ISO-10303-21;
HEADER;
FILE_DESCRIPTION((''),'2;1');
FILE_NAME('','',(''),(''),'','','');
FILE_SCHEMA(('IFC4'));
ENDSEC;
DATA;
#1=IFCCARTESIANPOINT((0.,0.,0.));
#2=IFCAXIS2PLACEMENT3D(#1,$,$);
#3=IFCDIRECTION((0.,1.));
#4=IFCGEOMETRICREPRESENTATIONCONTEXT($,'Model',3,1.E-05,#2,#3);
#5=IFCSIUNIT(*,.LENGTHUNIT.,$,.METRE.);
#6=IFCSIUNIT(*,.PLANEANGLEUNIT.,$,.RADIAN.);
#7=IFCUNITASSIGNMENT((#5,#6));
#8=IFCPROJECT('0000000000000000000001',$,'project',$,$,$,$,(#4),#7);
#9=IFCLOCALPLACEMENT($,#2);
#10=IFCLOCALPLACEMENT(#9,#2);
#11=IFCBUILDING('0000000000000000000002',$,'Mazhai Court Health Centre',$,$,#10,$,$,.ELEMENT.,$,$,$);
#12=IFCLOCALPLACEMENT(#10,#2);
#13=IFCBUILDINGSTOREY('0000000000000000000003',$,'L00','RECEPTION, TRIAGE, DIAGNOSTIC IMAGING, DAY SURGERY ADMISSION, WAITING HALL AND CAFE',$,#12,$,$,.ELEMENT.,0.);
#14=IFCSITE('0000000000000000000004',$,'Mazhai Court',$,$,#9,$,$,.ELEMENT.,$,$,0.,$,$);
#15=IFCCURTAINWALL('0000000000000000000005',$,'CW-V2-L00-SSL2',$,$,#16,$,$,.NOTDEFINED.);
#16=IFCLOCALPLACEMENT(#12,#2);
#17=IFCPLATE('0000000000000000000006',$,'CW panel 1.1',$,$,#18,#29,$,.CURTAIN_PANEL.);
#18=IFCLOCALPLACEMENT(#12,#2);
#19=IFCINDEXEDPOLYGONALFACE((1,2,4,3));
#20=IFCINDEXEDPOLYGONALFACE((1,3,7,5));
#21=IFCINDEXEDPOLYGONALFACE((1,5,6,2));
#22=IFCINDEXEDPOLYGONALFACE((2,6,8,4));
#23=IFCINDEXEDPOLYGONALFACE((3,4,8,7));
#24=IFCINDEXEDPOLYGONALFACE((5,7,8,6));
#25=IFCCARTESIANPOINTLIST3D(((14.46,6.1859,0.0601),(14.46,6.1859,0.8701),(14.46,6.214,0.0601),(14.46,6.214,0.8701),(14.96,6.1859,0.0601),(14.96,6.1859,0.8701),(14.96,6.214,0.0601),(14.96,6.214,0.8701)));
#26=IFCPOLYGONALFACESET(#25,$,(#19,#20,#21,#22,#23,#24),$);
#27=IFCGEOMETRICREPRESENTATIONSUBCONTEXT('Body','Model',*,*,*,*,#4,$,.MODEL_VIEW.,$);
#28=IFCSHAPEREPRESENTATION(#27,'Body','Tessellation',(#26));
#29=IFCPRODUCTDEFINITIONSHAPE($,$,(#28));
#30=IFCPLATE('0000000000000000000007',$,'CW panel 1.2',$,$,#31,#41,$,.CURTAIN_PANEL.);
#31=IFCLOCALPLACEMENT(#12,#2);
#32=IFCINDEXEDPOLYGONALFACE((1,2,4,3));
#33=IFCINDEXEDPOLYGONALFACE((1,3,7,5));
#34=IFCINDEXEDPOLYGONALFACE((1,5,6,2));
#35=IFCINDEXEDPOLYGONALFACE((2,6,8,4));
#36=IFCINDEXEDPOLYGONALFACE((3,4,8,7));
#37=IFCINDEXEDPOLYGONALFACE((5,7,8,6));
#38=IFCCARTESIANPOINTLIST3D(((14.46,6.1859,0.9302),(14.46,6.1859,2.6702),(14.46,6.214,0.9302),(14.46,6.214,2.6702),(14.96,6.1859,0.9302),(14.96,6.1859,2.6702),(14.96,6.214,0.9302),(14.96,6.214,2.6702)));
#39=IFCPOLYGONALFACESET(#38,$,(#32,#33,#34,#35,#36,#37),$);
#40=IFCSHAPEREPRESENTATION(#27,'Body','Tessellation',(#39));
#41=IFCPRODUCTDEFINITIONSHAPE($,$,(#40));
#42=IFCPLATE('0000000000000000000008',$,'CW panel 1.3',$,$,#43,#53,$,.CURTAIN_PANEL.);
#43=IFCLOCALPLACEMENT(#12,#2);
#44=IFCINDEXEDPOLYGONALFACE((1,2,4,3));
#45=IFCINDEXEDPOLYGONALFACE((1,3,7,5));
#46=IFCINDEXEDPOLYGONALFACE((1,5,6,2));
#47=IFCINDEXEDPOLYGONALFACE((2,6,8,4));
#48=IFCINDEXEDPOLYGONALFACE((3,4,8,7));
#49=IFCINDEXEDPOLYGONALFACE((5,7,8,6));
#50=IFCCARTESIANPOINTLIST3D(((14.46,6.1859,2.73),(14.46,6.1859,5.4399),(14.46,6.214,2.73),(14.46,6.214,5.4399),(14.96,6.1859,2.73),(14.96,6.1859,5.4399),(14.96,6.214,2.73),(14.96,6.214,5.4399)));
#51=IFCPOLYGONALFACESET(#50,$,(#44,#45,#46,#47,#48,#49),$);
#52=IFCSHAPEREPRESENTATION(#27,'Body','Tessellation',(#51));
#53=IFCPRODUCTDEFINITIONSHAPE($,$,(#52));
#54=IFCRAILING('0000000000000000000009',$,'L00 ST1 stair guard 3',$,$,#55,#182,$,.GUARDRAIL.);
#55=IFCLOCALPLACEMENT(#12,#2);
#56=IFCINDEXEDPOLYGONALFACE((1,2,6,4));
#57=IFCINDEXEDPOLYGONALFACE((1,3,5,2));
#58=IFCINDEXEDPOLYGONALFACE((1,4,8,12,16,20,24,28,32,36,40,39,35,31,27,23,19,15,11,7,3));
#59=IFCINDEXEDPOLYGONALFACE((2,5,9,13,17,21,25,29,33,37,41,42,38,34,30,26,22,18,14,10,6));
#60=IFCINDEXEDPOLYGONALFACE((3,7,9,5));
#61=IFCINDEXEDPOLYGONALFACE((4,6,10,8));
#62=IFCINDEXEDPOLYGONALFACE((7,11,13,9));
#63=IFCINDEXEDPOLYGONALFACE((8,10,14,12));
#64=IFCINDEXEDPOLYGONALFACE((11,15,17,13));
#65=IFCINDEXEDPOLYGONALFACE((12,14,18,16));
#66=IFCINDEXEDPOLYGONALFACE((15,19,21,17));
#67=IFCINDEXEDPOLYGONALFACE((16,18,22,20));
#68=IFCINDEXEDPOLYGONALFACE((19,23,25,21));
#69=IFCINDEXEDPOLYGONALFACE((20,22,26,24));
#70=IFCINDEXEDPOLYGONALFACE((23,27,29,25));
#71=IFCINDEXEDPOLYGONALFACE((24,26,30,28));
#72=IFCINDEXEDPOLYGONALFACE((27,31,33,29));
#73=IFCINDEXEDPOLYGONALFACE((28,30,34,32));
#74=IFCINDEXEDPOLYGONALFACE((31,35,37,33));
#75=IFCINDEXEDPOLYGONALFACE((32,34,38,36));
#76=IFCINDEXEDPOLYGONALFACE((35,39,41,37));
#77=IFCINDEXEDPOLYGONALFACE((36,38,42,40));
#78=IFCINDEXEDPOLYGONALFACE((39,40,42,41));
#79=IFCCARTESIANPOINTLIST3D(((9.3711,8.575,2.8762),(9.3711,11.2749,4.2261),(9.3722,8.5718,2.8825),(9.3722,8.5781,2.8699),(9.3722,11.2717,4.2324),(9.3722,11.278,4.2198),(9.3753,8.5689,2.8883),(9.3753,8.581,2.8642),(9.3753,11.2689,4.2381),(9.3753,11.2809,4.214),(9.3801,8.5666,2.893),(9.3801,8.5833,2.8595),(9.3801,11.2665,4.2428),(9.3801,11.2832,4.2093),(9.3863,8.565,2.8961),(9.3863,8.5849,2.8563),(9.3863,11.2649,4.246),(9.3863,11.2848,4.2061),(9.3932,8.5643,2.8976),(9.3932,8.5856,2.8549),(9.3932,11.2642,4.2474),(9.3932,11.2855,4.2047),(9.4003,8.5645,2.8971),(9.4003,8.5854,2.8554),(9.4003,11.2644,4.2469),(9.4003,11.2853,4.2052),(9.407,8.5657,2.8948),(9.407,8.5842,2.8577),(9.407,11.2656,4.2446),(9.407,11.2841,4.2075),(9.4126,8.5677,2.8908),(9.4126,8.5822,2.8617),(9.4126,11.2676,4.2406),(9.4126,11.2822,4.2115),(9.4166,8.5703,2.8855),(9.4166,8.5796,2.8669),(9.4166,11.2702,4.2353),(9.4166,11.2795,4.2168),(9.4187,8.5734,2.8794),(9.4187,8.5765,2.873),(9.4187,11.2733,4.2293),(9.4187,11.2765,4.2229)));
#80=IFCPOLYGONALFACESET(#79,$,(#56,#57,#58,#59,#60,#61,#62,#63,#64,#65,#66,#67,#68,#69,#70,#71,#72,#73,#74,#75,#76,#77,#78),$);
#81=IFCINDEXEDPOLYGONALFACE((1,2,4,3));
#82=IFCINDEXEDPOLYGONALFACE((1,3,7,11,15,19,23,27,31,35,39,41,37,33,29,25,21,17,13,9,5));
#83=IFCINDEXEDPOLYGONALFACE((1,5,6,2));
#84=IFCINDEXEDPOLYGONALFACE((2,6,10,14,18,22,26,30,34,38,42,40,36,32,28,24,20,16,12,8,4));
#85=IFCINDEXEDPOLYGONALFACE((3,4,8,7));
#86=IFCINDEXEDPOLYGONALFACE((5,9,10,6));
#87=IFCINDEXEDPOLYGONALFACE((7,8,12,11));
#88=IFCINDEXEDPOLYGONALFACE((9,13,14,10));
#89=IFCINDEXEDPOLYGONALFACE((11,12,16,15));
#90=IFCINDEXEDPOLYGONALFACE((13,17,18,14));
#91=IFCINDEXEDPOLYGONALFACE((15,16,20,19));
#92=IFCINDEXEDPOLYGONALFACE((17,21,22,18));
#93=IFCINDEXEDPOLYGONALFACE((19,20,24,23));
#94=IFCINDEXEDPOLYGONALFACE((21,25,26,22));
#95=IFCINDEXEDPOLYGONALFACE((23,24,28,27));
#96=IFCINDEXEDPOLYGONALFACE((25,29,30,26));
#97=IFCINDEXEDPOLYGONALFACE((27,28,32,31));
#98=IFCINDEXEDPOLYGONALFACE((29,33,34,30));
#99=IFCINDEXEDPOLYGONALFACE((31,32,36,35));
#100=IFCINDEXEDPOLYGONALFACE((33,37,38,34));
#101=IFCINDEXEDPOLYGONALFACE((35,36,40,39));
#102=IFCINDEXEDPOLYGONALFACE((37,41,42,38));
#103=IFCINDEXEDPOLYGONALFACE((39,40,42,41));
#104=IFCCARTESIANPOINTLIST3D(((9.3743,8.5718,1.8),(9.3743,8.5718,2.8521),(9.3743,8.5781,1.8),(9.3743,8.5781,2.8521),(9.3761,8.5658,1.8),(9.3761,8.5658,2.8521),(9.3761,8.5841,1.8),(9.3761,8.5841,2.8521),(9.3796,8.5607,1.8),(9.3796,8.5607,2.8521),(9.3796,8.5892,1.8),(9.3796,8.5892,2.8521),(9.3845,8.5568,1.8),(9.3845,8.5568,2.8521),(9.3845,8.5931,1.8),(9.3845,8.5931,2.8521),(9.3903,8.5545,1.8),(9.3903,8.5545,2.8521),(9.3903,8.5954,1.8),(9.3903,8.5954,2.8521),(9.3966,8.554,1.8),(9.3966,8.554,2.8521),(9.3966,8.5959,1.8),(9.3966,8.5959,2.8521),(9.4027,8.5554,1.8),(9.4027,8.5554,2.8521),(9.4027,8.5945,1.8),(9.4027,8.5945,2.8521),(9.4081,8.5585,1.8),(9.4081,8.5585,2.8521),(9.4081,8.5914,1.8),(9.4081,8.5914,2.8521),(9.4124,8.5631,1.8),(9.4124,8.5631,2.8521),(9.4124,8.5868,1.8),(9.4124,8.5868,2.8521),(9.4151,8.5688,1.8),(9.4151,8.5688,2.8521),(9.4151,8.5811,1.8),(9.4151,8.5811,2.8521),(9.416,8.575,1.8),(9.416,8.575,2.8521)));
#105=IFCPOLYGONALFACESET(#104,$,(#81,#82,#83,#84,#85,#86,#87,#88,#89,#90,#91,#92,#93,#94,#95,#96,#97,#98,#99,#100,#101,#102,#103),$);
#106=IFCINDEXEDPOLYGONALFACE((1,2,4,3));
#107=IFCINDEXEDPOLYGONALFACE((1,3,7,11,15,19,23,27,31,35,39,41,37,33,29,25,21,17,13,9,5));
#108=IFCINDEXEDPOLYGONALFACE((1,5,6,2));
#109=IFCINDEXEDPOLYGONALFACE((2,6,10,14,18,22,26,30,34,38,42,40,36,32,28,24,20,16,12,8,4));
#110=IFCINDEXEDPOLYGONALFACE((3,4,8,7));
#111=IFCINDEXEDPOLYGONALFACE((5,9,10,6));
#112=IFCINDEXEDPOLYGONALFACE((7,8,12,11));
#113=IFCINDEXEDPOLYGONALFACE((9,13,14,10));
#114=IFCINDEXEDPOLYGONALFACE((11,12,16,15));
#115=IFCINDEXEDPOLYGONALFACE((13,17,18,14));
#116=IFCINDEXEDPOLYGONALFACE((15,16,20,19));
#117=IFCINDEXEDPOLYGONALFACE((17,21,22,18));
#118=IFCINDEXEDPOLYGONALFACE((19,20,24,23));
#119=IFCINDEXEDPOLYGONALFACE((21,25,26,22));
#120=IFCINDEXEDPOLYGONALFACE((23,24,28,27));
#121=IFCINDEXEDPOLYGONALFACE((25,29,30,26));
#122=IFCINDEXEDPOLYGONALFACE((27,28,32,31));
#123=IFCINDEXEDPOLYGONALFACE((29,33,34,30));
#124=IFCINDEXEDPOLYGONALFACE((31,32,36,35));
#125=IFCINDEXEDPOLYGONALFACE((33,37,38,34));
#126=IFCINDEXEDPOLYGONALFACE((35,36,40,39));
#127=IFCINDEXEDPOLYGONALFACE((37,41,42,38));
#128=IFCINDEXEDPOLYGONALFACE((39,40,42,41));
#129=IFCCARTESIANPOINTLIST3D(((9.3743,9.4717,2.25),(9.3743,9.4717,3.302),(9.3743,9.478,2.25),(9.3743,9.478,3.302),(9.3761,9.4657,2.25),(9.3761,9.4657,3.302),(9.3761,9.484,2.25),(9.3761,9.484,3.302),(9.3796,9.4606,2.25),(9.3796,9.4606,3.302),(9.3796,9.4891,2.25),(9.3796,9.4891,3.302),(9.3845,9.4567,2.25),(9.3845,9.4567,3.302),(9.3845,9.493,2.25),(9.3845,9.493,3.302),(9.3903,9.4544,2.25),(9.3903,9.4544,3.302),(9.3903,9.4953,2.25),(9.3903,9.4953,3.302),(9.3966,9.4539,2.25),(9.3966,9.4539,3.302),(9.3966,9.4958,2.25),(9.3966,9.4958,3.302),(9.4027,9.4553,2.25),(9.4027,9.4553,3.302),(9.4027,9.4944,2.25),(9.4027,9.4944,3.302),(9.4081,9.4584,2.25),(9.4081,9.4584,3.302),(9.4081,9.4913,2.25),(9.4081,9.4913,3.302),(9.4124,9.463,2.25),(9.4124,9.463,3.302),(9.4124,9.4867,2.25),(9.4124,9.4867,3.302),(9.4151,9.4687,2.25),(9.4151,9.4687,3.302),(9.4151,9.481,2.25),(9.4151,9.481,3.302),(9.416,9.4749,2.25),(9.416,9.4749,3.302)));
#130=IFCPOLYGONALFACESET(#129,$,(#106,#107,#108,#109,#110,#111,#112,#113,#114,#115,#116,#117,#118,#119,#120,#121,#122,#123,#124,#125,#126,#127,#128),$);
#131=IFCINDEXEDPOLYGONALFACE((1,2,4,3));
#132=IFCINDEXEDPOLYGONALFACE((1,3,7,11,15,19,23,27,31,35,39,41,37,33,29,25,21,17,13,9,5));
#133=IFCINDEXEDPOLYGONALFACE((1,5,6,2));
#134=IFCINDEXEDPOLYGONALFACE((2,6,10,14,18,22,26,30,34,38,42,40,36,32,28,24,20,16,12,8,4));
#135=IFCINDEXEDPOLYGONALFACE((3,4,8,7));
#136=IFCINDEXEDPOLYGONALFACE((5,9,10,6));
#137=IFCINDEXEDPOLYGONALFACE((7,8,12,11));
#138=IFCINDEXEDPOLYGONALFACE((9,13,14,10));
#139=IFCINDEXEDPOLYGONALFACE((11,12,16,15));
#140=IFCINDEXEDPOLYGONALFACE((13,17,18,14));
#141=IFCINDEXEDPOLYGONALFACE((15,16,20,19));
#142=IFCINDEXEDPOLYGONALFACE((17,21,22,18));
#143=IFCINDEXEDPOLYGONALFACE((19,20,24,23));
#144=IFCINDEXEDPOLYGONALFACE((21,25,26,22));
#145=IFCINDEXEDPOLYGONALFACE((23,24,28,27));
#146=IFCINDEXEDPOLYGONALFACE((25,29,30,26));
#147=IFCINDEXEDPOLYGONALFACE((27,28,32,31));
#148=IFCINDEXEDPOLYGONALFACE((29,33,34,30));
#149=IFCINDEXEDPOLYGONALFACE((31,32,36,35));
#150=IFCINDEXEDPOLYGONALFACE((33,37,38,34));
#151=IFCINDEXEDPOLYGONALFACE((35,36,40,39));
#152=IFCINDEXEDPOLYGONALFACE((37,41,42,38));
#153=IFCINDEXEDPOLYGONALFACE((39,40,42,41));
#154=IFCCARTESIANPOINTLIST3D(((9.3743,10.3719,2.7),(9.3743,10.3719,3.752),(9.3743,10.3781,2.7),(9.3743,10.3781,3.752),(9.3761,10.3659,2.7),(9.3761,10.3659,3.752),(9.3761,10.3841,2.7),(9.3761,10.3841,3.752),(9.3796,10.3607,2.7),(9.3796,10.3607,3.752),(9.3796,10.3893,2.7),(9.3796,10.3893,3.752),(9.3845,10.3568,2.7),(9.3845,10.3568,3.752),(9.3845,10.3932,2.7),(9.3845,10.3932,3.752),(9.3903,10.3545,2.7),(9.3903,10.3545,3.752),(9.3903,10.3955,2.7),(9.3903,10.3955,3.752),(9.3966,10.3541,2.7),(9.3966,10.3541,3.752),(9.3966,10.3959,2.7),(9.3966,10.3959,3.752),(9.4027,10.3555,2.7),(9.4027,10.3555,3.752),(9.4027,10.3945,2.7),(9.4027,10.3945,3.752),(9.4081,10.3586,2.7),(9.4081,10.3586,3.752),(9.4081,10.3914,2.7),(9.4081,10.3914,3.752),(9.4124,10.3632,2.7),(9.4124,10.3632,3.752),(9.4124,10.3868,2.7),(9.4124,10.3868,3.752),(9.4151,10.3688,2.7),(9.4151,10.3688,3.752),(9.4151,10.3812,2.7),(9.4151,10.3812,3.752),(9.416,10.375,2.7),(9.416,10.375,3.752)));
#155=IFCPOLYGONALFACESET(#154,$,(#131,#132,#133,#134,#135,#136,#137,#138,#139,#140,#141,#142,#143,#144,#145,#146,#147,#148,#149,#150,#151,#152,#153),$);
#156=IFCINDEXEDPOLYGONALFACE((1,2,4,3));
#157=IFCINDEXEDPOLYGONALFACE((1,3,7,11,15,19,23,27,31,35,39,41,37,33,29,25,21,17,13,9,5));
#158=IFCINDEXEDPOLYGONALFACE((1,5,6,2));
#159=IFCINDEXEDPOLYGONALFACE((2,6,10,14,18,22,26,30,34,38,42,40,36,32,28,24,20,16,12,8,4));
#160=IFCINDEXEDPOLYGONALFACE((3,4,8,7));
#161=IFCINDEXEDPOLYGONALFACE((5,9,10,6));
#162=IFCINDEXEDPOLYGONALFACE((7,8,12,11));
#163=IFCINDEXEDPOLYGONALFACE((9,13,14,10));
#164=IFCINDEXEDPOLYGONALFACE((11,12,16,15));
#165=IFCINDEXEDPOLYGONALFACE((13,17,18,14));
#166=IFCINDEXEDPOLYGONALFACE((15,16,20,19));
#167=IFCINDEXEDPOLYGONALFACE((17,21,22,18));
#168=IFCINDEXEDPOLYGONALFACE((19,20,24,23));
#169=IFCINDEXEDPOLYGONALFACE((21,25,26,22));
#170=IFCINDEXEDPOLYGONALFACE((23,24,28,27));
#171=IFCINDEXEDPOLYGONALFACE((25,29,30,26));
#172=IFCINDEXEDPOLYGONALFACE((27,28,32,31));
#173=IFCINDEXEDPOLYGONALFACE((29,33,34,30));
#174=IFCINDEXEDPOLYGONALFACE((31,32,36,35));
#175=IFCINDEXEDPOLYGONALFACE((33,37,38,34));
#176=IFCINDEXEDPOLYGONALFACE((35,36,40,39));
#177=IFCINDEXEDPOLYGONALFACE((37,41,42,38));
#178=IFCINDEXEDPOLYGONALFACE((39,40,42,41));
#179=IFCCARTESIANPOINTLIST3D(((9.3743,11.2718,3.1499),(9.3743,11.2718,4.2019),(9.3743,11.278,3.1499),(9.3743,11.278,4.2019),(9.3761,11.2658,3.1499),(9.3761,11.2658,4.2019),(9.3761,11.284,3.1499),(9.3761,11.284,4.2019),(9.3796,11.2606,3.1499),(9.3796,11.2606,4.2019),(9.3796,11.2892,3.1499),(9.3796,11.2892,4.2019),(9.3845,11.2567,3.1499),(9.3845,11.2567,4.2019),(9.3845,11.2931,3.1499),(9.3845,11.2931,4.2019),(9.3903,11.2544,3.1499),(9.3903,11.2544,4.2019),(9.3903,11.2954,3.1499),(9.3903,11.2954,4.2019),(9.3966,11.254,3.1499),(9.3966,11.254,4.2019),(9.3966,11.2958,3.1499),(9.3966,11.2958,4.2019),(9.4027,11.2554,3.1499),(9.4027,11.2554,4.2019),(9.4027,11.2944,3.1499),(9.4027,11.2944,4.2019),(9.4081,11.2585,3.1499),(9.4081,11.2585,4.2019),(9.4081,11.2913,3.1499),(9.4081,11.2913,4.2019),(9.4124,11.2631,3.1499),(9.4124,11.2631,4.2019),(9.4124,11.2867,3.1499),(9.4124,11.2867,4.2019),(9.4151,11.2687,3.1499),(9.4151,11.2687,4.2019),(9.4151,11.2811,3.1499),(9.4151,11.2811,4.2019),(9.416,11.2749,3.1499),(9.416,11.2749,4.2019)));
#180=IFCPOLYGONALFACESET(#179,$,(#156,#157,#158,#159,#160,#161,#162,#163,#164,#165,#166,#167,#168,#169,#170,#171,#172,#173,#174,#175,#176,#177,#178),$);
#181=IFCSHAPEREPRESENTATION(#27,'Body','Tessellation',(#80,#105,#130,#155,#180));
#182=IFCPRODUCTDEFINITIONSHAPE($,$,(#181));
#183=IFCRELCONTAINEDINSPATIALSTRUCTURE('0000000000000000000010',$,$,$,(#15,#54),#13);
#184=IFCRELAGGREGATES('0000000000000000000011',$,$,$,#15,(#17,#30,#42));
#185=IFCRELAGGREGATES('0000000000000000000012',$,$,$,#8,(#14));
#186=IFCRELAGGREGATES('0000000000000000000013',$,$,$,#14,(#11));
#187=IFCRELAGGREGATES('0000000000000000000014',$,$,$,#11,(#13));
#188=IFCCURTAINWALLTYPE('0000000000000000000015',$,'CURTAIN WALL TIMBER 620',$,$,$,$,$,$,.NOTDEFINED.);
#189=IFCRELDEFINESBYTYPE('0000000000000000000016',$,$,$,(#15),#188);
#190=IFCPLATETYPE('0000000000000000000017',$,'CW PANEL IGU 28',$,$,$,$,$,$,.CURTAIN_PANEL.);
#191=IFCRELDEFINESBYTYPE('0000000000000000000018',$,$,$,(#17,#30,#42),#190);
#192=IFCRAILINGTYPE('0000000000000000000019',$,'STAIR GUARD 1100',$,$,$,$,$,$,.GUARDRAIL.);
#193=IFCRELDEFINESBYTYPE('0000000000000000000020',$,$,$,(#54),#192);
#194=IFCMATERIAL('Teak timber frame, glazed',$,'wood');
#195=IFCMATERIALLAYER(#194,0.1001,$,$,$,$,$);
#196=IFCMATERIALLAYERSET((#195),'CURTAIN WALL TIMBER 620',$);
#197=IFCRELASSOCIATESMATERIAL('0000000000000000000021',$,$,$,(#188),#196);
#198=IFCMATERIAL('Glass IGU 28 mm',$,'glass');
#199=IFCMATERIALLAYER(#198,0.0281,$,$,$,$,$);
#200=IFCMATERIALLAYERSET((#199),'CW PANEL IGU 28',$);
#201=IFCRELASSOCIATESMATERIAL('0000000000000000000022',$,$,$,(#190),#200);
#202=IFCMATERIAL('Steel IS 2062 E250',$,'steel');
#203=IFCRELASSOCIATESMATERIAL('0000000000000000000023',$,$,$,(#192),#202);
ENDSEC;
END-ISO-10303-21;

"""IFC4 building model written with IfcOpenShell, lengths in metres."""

from ifc_helpers import new_model, si_unit, direction, frame, origin, origin_2d, place, context, subcontext, project, spatial, rectangle, circle, extrude, material, layer, layer_set, type_object, element, aggregate, save


model = new_model("IFC4")

# Units and contexts
model_context = context("Model", 3, precision=1e-05, world=origin(), true_north=direction((0.0, 1.0)))
body_context = subcontext(model_context, "Body", "Model", "MODEL_VIEW")
ifc_project = project(units=[si_unit("LENGTHUNIT", "METRE"), si_unit("PLANEANGLEUNIT", "RADIAN")], contexts=[model_context])

# Site, building, storey
site_placement = place(None, origin())
site = spatial("IfcSite", under=ifc_project, at=site_placement, Name="Mazhai Court", CompositionType="ELEMENT", RefElevation=0.0)
building_placement = place(site_placement, origin())
building = spatial("IfcBuilding", under=site, at=building_placement, Name="Mazhai Court Health Centre", CompositionType="ELEMENT")
storey_placement = place(building_placement, origin())
storey = spatial("IfcBuildingStorey", under=building, at=storey_placement, Name="L00", Description="RECEPTION, TRIAGE, DIAGNOSTIC IMAGING, DAY SURGERY ADMISSION, WAITING HALL AND CAFE", CompositionType="ELEMENT", Elevation=0.0)

# Curtain wall
ifc_material_1 = material(Name="Teak timber frame, glazed", Category="wood")
ifc_layer_1 = layer(ifc_material_1, 0.1001)
ifc_layer_set_1 = layer_set([ifc_layer_1], Name="CURTAIN WALL TIMBER 620")
curtain_wall_type_1 = type_object("IfcCurtainWallType", Name="CURTAIN WALL TIMBER 620", PredefinedType="NOTDEFINED", material=ifc_layer_set_1)
curtain_wall_1_placement = place(storey_placement, origin())
curtain_wall_1 = element("IfcCurtainWall", 1, at=curtain_wall_1_placement, inside=storey, type_object=curtain_wall_type_1, Name="CW-V2-L00-SSL2", PredefinedType="NOTDEFINED")

# Plates
ifc_material_2 = material(Name="Glass IGU 28 mm", Category="glass")
ifc_layer_2 = layer(ifc_material_2, 0.0281)
ifc_layer_set_2 = layer_set([ifc_layer_2], Name="CW PANEL IGU 28")
plate_type = type_object("IfcPlateType", Name="CW PANEL IGU 28", PredefinedType="CURTAIN_PANEL", material=ifc_layer_set_2)
plate_1_placement = place(storey_placement, frame((14.71, 6.2, 0.0601), z_axis=(0.0, 0.0, 1.0), x_axis=(-1.0, 0.0, 0.0)))
plate_1 = element("IfcPlate", 2, at=plate_1_placement, type_object=plate_type, Name="CW panel 1.1", PredefinedType="CURTAIN_PANEL", context=body_context, shape_type="SweptSolid", body=[
    extrude(rectangle(XDim=0.5, YDim=0.0281, at=origin_2d()), origin(), (0.0, 0.0, 1.0), 0.8101),
])
plate_2_placement = place(storey_placement, frame((14.71, 6.2, 0.9302), z_axis=(0.0, 0.0, 1.0), x_axis=(-1.0, 0.0, 0.0)))
plate_2 = element("IfcPlate", 3, at=plate_2_placement, type_object=plate_type, Name="CW panel 1.2", PredefinedType="CURTAIN_PANEL", context=body_context, shape_type="SweptSolid", body=[
    extrude(rectangle(XDim=0.5, YDim=0.0281, at=origin_2d()), origin(), (0.0, 0.0, 1.0), 1.74),
])
plate_3_placement = place(storey_placement, frame((14.71, 6.2, 2.73), z_axis=(0.0, 0.0, 1.0), x_axis=(-1.0, 0.0, 0.0)))
plate_3 = element("IfcPlate", 4, at=plate_3_placement, type_object=plate_type, Name="CW panel 1.3", PredefinedType="CURTAIN_PANEL", context=body_context, shape_type="SweptSolid", body=[
    extrude(rectangle(XDim=0.5, YDim=0.0281, at=origin_2d()), origin(), (0.0, 0.0, 1.0), 2.71),
])
aggregate(curtain_wall_1, [plate_1, plate_2, plate_3])

# Railing
ifc_material_3 = material(Name="Steel IS 2062 E250", Category="steel")
railing_type_1 = type_object("IfcRailingType", Name="STAIR GUARD 1100", PredefinedType="GUARDRAIL", material=ifc_material_3)
railing_1_placement = place(storey_placement, frame((9.395, 8.575, 1.8)))
element("IfcRailing", 5, at=railing_1_placement, inside=storey, type_object=railing_type_1, Name="L00 ST1 stair guard 3", PredefinedType="GUARDRAIL", context=body_context, shape_type="SweptSolid", body=[
    extrude(circle(Radius=0.0239, at=origin_2d()), frame((0.0, 0.0, 1.0762), z_axis=(0.0, 0.894443, 0.447181), x_axis=(-1.0, 0.0, 0.0)), (0.0, 0.0, 1.0), 3.0186),
    extrude(circle(Radius=0.021, at=origin_2d()), origin(), (0.0, 0.0, 1.0), 1.052),
    extrude(circle(Radius=0.021, at=origin_2d()), frame((0.0, 0.8999, 0.45)), (0.0, 0.0, 1.0), 1.052),
    extrude(circle(Radius=0.021, at=origin_2d()), frame((0.0, 1.8, 0.8999)), (0.0, 0.0, 1.0), 1.052),
    extrude(circle(Radius=0.021, at=origin_2d()), frame((0.0, 2.7, 1.3499)), (0.0, 0.0, 1.0), 1.052),
])

save(model, "model.ifc")
